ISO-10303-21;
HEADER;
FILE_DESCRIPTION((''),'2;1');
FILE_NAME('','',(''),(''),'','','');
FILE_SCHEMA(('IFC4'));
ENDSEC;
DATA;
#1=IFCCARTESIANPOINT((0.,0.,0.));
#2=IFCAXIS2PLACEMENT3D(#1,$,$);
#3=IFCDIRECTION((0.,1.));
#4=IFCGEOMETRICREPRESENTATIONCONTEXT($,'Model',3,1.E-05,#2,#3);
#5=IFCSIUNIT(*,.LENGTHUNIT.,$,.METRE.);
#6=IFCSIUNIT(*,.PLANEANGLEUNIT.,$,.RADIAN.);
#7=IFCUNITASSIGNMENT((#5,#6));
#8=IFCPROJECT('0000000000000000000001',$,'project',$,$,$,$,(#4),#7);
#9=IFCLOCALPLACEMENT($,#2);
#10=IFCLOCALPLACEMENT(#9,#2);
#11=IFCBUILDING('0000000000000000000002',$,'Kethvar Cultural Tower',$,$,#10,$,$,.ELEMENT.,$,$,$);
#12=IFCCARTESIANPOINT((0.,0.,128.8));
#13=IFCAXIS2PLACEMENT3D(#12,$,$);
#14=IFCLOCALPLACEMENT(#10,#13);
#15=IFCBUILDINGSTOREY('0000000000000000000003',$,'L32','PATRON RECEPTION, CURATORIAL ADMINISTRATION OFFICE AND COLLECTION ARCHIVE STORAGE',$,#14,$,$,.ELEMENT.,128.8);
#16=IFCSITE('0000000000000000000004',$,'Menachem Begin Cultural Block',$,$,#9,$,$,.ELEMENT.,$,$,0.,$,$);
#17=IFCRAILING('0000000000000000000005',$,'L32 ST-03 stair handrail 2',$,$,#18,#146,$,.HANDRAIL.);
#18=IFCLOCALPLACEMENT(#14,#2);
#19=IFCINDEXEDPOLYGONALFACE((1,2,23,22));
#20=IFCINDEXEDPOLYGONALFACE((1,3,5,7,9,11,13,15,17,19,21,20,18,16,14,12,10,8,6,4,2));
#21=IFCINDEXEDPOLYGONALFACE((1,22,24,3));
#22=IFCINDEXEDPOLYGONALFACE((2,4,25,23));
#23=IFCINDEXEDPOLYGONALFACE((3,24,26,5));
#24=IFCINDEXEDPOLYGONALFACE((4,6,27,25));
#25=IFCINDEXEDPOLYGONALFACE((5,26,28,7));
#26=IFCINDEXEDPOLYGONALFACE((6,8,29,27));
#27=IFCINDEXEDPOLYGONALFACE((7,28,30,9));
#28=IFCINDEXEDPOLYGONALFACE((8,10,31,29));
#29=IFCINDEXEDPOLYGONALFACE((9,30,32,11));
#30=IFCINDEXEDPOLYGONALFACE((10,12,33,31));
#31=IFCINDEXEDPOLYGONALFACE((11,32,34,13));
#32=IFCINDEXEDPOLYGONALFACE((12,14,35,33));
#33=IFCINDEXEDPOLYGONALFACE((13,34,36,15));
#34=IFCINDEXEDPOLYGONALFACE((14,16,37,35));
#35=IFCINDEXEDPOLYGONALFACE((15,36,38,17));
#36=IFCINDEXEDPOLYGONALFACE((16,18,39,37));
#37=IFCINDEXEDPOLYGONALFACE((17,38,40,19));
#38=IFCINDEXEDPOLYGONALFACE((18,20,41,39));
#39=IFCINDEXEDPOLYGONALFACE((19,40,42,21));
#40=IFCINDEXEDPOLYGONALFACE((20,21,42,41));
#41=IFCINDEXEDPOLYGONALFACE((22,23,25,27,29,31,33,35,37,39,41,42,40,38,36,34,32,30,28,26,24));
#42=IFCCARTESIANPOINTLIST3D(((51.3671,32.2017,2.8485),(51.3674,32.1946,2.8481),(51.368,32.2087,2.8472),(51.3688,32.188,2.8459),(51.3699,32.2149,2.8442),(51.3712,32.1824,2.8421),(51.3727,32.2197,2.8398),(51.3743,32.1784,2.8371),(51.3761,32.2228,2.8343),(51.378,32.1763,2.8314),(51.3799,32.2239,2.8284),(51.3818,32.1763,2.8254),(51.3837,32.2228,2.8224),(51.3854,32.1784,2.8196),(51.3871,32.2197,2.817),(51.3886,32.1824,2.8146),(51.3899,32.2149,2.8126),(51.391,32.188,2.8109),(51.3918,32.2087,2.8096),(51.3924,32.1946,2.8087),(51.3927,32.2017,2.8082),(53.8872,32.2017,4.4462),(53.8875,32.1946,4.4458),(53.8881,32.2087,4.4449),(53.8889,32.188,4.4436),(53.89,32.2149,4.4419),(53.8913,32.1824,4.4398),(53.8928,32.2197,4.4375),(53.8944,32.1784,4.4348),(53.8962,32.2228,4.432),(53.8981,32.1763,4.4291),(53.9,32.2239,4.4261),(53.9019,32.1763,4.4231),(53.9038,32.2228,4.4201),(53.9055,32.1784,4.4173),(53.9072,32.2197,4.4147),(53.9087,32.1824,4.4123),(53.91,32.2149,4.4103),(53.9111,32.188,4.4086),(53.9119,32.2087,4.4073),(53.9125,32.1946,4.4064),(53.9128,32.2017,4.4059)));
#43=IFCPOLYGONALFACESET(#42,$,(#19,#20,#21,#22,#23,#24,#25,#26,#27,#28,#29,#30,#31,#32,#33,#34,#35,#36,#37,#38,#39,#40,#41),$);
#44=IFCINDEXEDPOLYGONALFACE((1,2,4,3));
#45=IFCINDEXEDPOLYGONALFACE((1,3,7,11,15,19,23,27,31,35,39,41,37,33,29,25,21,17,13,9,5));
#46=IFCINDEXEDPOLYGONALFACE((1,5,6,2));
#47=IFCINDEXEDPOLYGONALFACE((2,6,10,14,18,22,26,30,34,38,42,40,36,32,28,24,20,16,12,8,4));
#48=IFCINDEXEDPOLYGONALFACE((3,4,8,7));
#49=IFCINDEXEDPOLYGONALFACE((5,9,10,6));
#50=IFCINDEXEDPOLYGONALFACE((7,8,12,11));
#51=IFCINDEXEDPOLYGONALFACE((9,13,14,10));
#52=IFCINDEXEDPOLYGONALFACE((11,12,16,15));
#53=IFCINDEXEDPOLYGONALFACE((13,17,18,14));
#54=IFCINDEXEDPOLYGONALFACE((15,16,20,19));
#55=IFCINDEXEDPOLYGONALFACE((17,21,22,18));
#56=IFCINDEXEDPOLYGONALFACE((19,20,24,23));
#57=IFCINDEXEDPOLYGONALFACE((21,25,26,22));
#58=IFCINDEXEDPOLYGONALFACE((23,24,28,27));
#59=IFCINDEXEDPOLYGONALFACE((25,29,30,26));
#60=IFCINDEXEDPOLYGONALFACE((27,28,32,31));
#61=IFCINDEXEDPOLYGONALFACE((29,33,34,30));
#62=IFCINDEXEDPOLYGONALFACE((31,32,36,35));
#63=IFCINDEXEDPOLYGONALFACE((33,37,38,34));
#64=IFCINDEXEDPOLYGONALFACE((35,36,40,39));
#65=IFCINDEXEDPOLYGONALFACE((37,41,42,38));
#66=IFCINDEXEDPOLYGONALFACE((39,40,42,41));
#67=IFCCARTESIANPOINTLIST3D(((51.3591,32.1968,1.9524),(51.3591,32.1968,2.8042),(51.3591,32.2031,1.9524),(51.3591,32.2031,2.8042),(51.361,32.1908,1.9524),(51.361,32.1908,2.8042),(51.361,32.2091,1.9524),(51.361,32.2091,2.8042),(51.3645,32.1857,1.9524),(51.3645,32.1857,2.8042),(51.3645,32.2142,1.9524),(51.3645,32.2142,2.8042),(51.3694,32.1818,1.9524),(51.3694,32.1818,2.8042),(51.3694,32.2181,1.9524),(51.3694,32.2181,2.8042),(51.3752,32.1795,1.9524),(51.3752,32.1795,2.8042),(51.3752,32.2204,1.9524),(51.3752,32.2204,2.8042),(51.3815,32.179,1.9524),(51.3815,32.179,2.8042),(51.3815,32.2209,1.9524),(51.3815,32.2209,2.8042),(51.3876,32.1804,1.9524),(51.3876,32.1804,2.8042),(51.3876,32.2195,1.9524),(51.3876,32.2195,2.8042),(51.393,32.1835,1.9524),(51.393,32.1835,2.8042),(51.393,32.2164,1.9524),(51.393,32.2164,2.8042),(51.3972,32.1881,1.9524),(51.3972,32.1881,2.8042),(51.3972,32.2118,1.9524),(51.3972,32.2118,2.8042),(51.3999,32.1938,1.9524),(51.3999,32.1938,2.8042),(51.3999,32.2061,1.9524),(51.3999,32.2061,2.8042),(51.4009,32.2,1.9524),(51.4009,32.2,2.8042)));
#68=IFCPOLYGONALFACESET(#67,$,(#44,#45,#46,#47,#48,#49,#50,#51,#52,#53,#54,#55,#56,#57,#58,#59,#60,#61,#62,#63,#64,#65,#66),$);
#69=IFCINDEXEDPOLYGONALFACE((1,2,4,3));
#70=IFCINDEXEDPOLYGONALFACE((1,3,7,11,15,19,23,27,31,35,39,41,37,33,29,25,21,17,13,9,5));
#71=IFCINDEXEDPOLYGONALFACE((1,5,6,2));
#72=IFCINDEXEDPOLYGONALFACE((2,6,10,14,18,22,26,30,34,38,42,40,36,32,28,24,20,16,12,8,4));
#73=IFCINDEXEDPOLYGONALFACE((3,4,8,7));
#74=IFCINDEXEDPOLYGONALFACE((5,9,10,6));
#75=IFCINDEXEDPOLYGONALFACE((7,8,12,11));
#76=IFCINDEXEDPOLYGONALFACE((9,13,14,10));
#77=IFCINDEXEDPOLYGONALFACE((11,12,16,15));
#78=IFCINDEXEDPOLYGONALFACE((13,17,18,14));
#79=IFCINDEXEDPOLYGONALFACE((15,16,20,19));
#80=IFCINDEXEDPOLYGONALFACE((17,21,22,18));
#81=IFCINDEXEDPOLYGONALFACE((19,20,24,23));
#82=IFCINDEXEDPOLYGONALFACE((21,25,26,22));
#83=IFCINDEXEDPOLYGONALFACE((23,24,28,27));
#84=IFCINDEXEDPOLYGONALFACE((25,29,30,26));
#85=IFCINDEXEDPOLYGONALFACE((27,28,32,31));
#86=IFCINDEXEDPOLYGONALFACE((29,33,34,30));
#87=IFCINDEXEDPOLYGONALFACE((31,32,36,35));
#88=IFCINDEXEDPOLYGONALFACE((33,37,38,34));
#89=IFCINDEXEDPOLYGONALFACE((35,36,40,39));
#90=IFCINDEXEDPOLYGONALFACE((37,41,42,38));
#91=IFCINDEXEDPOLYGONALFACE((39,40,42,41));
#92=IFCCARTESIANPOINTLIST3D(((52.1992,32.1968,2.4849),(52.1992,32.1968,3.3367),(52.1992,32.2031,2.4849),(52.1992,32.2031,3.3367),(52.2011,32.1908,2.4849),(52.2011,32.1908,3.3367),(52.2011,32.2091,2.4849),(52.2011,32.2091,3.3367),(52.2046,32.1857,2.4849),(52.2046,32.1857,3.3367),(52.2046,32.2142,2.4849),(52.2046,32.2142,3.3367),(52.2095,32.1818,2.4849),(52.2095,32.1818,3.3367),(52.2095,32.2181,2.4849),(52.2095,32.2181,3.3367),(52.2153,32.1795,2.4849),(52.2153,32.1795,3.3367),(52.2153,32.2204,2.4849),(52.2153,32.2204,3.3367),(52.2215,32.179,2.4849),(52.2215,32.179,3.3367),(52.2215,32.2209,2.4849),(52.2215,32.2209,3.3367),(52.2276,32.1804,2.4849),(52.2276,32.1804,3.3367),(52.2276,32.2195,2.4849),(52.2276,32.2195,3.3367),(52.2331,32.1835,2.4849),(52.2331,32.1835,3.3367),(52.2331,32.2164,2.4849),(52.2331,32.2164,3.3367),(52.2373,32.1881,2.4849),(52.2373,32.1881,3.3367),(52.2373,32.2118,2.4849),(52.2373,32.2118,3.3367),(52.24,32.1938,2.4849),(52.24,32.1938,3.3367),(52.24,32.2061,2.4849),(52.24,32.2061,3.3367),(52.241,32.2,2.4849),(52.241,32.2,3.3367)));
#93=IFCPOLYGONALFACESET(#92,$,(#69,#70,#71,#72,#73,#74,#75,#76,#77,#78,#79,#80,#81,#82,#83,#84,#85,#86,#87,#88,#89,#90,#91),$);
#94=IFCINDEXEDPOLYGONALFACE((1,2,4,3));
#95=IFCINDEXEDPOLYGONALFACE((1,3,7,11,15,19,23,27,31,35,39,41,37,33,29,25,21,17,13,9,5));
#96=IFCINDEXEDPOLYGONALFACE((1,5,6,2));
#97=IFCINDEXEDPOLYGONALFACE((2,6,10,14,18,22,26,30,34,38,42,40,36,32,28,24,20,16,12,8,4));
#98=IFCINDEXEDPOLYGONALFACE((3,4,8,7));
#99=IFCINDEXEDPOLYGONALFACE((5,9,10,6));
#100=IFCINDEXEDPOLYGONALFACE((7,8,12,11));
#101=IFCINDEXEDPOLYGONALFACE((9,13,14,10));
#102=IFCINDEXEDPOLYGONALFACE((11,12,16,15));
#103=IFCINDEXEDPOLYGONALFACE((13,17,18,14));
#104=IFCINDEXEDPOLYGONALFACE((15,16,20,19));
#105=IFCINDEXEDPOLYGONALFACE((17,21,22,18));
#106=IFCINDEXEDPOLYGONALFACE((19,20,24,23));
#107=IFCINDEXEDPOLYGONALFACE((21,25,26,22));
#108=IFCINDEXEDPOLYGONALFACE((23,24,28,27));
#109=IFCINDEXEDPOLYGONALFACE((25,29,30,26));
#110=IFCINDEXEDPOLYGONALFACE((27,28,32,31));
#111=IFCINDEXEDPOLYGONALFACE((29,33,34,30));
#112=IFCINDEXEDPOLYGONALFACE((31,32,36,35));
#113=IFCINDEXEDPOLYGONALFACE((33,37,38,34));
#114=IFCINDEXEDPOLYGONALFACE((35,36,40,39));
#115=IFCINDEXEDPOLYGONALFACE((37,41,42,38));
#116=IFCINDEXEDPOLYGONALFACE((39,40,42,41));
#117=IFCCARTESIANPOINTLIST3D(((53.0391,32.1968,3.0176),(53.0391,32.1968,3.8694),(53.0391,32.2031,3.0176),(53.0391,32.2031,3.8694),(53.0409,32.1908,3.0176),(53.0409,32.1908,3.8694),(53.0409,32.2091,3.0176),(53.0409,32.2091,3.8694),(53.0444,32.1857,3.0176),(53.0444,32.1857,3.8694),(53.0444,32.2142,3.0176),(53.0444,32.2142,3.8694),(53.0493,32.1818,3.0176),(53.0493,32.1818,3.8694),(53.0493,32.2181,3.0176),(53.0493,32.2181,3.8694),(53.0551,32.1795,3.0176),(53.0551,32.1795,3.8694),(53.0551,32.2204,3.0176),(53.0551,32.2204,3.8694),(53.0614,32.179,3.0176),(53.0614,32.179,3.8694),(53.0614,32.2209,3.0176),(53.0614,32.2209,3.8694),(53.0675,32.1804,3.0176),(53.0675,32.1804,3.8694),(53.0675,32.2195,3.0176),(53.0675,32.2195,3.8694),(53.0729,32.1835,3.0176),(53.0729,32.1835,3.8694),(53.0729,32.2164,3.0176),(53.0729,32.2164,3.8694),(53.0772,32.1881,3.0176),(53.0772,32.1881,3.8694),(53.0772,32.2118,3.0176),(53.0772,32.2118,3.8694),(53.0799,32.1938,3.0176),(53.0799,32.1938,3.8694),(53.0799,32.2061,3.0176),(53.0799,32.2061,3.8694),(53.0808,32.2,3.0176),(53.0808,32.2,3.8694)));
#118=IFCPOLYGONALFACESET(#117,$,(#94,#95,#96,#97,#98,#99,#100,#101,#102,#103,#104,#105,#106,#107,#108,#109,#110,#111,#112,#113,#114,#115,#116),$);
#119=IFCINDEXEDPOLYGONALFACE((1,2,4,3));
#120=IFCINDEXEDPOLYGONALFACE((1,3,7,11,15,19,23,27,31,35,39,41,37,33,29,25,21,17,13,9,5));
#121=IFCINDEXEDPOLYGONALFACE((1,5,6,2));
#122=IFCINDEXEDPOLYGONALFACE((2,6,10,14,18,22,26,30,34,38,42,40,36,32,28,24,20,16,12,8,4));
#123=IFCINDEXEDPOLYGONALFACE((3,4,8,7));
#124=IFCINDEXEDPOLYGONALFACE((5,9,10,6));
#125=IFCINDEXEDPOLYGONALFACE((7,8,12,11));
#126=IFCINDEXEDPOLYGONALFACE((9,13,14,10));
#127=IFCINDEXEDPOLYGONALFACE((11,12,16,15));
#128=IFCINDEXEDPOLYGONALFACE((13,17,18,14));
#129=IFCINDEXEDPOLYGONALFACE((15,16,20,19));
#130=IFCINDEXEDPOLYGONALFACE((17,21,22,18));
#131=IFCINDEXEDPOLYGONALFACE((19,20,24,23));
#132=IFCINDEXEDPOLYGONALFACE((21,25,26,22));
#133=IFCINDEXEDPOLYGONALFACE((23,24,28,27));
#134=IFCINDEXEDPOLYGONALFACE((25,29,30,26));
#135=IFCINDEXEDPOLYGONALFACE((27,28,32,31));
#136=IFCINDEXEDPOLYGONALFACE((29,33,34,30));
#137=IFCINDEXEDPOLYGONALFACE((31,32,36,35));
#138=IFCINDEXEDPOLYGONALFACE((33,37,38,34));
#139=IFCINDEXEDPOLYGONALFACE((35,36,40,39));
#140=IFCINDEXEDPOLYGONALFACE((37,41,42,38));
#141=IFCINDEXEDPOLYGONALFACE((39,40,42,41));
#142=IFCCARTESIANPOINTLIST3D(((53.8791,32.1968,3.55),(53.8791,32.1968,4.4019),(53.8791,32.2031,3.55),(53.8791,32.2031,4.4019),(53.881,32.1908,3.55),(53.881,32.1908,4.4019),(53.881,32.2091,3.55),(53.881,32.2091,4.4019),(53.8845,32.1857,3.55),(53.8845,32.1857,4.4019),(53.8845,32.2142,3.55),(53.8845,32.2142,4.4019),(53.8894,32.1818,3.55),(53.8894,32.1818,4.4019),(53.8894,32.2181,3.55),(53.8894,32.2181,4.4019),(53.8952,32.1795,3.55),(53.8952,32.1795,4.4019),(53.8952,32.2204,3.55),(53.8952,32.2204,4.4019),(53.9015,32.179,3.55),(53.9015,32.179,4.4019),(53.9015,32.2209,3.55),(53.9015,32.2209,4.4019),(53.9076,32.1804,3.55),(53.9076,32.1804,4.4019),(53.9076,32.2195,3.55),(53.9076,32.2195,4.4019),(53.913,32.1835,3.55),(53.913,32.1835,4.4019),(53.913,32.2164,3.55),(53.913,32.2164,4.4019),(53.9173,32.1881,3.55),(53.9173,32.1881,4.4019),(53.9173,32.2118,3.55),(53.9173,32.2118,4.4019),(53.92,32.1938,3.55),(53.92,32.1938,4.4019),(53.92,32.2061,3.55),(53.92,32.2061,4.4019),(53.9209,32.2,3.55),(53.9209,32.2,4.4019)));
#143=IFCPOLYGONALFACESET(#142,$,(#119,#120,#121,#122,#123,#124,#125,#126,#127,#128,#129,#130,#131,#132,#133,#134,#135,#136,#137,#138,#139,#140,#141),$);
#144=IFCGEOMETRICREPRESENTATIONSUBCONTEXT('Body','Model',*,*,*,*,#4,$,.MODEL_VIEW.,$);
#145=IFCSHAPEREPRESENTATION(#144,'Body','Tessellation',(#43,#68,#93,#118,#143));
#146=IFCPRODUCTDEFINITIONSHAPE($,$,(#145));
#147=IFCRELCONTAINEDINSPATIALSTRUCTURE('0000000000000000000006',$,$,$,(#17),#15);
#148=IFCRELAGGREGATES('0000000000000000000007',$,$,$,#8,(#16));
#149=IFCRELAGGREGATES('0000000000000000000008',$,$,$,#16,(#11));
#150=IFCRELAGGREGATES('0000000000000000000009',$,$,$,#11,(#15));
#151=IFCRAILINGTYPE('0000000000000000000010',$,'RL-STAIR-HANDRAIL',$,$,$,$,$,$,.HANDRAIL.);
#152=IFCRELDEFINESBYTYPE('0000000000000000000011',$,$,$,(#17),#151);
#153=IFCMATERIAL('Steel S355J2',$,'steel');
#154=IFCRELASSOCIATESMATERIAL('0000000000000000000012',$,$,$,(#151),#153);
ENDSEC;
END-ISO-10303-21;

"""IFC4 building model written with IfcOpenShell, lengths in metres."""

from ifc_helpers import new_model, si_unit, direction, frame, origin, origin_2d, place, context, subcontext, project, spatial, circle, extrude, material, type_object, element, save


model = new_model("IFC4")

# Units and contexts
model_context = context("Model", 3, precision=1e-05, world=origin(), true_north=direction((0.0, 1.0)))
body_context = subcontext(model_context, "Body", "Model", "MODEL_VIEW")
ifc_project = project(units=[si_unit("LENGTHUNIT", "METRE"), si_unit("PLANEANGLEUNIT", "RADIAN")], contexts=[model_context])

# Site, building, storey
site_placement = place(None, origin())
site = spatial("IfcSite", under=ifc_project, at=site_placement, Name="Menachem Begin Cultural Block", CompositionType="ELEMENT", RefElevation=0.0)
building_placement = place(site_placement, origin())
building = spatial("IfcBuilding", under=site, at=building_placement, Name="Kethvar Cultural Tower", CompositionType="ELEMENT")
storey_placement = place(building_placement, frame((0.0, 0.0, 128.8)))
storey = spatial("IfcBuildingStorey", under=building, at=storey_placement, Name="L32", Description="PATRON RECEPTION, CURATORIAL ADMINISTRATION OFFICE AND COLLECTION ARCHIVE STORAGE", CompositionType="ELEMENT", Elevation=128.8)

# Shared definitions
ifc_material_1 = material(Name="Steel S355J2", Category="steel")

# Railing
railing_type_1 = type_object("IfcRailingType", Name="RL-STAIR-HANDRAIL", PredefinedType="HANDRAIL", material=ifc_material_1)
railing_1_placement = place(storey_placement, frame((51.3799, 32.2, 1.9524)))
element("IfcRailing", 1, at=railing_1_placement, inside=storey, type_object=railing_type_1, Name="L32 ST-03 stair handrail 2", PredefinedType="HANDRAIL", context=body_context, shape_type="SweptSolid", body=[
    extrude(circle(Radius=0.0239, at=origin_2d()), frame((0.0, 0.0, 0.876), z_axis=(0.84457, 0.0, 0.535445), x_axis=(0.0, 1.0, 0.0)), (0.0, 0.0, 1.0), 2.9839),
    extrude(circle(Radius=0.021, at=origin_2d()), origin(), (0.0, 0.0, 1.0), 0.8518),
    extrude(circle(Radius=0.021, at=origin_2d()), frame((0.8401, 0.0, 0.5325)), (0.0, 0.0, 1.0), 0.8518),
    extrude(circle(Radius=0.021, at=origin_2d()), frame((1.6799, 0.0, 1.0652)), (0.0, 0.0, 1.0), 0.8518),
    extrude(circle(Radius=0.021, at=origin_2d()), frame((2.52, 0.0, 1.5977)), (0.0, 0.0, 1.0), 0.8518),
])

save(model, "model.ifc")
